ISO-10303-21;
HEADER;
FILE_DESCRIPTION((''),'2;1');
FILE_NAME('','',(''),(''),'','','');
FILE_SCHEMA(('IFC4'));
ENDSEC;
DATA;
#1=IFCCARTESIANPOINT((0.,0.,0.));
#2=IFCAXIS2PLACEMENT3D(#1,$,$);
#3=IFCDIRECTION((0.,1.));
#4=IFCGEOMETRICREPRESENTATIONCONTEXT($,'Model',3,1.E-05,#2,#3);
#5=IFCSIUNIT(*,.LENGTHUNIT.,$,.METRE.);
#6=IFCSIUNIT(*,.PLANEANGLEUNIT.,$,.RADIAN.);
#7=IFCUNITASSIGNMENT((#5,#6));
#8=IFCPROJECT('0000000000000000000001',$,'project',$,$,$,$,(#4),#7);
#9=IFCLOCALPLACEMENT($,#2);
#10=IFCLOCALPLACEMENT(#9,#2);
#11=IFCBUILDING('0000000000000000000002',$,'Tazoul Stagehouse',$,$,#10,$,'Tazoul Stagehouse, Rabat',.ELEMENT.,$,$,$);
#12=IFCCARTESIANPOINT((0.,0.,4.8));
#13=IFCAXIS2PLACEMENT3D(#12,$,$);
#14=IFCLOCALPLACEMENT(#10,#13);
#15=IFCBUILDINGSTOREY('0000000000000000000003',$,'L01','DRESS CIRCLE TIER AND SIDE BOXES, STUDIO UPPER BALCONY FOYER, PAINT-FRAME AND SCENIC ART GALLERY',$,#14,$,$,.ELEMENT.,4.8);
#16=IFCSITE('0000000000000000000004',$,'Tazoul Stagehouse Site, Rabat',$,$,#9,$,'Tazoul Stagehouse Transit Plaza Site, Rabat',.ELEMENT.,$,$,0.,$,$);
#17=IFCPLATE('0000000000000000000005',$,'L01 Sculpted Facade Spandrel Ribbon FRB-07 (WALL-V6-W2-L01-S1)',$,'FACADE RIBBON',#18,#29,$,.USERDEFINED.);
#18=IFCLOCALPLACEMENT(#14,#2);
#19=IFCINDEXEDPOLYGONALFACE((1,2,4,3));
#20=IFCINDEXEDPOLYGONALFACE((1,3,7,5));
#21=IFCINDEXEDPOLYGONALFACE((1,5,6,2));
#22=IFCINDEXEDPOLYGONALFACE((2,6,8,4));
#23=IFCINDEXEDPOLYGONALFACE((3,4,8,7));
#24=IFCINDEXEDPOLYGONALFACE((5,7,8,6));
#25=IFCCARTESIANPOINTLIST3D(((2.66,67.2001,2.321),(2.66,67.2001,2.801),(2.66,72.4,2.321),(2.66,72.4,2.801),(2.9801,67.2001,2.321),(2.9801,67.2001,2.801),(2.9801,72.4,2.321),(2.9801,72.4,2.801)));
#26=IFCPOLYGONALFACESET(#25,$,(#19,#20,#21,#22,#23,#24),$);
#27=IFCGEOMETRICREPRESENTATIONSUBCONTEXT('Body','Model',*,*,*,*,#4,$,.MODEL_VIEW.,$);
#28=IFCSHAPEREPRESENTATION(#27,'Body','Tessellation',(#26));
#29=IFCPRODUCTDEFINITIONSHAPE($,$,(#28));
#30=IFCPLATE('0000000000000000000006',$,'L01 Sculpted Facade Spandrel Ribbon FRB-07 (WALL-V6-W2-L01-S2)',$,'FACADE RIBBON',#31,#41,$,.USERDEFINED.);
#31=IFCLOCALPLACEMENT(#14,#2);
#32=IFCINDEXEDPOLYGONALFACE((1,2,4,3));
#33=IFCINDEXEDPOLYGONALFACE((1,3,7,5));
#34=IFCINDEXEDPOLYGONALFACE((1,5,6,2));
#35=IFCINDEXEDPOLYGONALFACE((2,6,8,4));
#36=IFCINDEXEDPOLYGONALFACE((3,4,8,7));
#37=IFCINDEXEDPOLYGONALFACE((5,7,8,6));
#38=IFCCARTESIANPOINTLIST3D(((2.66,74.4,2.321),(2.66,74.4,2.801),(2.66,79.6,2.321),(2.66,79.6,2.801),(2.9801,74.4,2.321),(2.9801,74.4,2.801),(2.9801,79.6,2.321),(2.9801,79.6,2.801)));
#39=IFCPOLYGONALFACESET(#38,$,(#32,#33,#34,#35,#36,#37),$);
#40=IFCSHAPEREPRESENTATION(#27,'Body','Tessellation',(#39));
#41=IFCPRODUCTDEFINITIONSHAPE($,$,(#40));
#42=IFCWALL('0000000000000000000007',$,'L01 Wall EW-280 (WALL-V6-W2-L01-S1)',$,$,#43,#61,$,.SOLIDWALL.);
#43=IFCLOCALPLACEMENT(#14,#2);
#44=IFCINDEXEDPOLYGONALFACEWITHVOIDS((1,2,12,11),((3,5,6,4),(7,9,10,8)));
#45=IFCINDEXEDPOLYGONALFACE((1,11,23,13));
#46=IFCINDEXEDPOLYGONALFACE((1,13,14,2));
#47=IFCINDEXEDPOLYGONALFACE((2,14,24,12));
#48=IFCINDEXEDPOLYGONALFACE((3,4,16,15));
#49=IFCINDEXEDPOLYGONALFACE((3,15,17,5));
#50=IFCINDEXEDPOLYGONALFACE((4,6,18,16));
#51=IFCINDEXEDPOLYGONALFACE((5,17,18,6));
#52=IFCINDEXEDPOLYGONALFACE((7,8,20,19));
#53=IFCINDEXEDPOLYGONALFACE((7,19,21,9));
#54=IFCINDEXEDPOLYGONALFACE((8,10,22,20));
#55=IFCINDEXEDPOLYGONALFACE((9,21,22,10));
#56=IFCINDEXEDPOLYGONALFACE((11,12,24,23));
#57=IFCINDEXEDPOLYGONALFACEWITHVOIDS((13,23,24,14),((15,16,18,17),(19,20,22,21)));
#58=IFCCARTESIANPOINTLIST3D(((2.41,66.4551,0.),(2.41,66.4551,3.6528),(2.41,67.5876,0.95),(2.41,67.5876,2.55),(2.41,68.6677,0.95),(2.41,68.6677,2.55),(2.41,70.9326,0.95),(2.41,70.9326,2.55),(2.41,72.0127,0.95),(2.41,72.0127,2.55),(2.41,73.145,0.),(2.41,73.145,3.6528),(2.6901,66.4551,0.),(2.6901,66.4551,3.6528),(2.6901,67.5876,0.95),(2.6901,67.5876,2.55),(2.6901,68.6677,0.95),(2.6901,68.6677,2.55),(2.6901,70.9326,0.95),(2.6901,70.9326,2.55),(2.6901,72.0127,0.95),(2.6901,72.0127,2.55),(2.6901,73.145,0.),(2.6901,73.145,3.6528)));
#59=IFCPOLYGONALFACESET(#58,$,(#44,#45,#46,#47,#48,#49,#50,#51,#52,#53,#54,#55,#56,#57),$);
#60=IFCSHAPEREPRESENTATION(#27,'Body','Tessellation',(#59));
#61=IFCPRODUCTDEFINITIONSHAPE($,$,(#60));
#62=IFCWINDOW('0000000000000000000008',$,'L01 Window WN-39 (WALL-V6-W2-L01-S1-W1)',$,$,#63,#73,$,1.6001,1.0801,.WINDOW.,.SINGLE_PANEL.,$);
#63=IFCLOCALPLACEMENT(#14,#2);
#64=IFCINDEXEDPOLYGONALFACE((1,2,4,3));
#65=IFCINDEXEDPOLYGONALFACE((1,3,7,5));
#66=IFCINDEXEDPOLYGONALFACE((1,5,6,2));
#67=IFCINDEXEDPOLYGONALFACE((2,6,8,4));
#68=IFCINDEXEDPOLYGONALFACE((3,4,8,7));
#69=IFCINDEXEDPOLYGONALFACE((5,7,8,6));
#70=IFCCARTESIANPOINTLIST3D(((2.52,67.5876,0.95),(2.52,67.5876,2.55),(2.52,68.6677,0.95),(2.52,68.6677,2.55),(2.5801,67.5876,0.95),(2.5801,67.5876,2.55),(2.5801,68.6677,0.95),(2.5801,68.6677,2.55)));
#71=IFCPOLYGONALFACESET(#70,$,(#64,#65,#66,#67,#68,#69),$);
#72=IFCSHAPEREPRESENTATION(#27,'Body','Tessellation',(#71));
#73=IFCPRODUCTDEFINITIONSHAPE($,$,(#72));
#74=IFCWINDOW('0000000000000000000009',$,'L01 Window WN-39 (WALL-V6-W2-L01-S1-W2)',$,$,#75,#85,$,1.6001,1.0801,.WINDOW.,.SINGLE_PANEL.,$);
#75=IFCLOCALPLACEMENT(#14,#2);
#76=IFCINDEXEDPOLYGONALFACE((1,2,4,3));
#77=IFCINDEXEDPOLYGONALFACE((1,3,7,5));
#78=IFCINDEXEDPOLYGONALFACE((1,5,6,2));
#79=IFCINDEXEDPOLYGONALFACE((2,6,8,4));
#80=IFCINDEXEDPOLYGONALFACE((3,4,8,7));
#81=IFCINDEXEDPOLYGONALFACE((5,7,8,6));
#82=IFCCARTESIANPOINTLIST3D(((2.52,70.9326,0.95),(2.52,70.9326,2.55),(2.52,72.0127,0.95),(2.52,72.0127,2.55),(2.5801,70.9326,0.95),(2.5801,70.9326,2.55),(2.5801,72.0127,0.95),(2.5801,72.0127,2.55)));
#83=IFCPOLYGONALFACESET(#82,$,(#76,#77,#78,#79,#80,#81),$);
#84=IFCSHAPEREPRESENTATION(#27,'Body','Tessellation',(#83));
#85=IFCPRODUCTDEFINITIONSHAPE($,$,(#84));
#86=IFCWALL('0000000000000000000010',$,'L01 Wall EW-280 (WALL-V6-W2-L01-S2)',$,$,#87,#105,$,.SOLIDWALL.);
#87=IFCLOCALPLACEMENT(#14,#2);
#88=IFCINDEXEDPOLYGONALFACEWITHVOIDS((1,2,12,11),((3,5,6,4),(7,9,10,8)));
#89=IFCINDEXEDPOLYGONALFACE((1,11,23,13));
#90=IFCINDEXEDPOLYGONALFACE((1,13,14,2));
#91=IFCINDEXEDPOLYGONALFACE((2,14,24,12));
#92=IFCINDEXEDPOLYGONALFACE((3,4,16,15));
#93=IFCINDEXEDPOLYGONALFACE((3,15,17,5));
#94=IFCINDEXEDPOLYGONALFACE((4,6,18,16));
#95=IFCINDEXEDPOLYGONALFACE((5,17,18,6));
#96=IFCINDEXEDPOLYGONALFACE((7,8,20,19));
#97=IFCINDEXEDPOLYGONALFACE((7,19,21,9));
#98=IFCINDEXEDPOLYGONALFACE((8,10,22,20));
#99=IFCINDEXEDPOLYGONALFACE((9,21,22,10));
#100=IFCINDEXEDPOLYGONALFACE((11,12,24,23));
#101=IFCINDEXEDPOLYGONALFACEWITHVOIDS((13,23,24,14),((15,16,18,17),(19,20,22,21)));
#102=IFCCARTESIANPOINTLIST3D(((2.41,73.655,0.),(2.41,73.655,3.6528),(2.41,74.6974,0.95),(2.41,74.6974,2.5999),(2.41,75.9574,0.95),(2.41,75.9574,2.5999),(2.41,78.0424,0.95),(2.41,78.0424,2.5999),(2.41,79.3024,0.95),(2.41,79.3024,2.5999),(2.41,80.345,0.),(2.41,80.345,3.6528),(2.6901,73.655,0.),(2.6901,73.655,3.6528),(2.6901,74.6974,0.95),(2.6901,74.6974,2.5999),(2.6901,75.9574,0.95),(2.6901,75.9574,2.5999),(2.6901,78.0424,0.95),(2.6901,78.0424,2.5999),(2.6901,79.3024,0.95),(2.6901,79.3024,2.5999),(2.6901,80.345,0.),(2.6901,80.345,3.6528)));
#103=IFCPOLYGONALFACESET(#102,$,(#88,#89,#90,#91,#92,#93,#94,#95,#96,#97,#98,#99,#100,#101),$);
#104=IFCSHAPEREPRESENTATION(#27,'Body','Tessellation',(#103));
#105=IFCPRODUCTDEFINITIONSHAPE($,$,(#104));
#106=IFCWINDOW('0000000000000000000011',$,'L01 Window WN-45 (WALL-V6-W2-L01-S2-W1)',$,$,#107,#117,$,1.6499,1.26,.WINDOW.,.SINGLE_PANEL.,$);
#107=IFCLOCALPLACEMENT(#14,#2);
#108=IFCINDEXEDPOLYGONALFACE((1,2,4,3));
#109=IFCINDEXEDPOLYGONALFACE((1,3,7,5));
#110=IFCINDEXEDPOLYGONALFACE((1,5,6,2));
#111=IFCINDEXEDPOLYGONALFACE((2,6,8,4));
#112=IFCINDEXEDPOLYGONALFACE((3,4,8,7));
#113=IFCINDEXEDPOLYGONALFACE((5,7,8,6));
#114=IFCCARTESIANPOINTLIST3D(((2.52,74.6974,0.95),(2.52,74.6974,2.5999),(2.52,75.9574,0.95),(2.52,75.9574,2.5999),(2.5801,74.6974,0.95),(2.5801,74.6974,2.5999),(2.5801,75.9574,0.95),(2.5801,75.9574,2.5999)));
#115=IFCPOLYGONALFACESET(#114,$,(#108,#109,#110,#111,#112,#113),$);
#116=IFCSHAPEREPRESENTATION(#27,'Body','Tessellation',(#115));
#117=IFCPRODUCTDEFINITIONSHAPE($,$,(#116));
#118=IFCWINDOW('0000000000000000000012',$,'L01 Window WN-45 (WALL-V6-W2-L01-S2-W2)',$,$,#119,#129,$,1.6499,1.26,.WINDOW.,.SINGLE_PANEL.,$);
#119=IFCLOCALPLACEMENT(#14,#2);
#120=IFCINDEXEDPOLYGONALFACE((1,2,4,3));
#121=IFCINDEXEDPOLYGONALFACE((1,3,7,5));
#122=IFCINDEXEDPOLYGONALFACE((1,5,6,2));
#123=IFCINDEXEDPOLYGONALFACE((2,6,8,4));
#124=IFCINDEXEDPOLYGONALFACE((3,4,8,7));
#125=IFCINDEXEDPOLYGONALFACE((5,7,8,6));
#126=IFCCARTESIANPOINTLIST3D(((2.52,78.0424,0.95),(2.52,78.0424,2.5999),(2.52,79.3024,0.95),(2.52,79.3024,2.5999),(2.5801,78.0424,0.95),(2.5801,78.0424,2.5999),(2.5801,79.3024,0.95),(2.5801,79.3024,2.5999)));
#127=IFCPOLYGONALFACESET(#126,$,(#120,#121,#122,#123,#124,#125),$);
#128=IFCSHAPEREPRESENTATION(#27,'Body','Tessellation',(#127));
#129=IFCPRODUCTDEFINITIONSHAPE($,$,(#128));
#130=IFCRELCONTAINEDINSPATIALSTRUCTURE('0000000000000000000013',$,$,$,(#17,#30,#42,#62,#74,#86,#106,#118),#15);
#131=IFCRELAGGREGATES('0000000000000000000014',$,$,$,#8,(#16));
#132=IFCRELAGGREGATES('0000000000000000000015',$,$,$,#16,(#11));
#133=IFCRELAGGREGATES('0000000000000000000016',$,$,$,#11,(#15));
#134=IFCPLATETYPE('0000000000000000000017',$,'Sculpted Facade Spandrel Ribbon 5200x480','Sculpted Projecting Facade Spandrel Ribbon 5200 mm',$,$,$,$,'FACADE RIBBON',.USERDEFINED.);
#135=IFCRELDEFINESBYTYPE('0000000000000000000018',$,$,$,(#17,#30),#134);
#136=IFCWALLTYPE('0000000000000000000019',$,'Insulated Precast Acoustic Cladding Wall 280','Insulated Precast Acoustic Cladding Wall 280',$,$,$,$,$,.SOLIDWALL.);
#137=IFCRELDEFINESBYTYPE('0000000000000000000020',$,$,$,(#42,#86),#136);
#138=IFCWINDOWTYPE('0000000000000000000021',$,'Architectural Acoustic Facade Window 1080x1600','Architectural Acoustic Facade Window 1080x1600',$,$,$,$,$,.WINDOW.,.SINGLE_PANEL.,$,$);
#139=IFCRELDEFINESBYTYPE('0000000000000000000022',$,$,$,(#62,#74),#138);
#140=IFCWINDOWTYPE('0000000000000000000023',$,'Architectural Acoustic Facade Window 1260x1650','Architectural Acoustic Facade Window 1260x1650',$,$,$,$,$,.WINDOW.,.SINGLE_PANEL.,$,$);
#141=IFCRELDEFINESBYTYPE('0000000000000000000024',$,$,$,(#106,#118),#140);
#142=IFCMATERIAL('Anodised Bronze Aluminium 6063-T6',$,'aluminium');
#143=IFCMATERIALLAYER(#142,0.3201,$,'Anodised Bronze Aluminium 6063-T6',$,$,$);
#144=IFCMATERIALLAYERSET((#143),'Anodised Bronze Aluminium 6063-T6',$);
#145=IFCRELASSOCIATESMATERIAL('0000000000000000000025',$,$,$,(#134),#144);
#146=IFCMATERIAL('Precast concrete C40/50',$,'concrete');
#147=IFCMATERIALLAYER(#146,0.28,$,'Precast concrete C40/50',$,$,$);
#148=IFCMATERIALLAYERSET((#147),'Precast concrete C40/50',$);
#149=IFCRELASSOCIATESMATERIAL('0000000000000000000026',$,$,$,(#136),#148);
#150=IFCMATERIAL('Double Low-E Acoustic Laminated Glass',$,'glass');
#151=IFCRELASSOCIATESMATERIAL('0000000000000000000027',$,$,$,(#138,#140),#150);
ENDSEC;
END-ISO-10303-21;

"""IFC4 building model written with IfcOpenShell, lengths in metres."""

from ifc_helpers import new_model, si_unit, direction, frame, frame_2d, origin, origin_2d, place, context, subcontext, project, spatial, rectangle, extrude, material, layer, layer_set, type_object, element, fill, save


model = new_model("IFC4")

# Units and contexts
model_context = context("Model", 3, precision=1e-05, world=origin(), true_north=direction((0.0, 1.0)))
body_context = subcontext(model_context, "Body", "Model", "MODEL_VIEW")
ifc_project = project(units=[si_unit("LENGTHUNIT", "METRE"), si_unit("PLANEANGLEUNIT", "RADIAN")], contexts=[model_context])

# Site, building, storey
site_placement = place(None, origin())
site = spatial("IfcSite", under=ifc_project, at=site_placement, Name="Tazoul Stagehouse Site, Rabat", LongName="Tazoul Stagehouse Transit Plaza Site, Rabat", CompositionType="ELEMENT", RefElevation=0.0)
building_placement = place(site_placement, origin())
building = spatial("IfcBuilding", under=site, at=building_placement, Name="Tazoul Stagehouse", LongName="Tazoul Stagehouse, Rabat", CompositionType="ELEMENT")
storey_placement = place(building_placement, frame((0.0, 0.0, 4.8)))
storey = spatial("IfcBuildingStorey", under=building, at=storey_placement, Name="L01", Description="DRESS CIRCLE TIER AND SIDE BOXES, STUDIO UPPER BALCONY FOYER, PAINT-FRAME AND SCENIC ART GALLERY", CompositionType="ELEMENT", Elevation=4.8)

# Plates
ifc_material_1 = material(Name="Anodised Bronze Aluminium 6063-T6", Category="aluminium")
ifc_layer_1 = layer(ifc_material_1, 0.3201, Name="Anodised Bronze Aluminium 6063-T6")
ifc_layer_set_1 = layer_set([ifc_layer_1], Name="Anodised Bronze Aluminium 6063-T6")
plate_type_1 = type_object("IfcPlateType", Name="Sculpted Facade Spandrel Ribbon 5200x480", Description="Sculpted Projecting Facade Spandrel Ribbon 5200 mm", ElementType="FACADE RIBBON", PredefinedType="USERDEFINED", material=ifc_layer_set_1)
for number, where, z_axis, x_axis, name in (
    (1, (2.8201, 69.8, 2.321), (0.0, 0.0, 1.0), (0.0, 1.0, 0.0), "L01 Sculpted Facade Spandrel Ribbon FRB-07 (WALL-V6-W2-L01-S1)"),
    (2, (2.8201, 77.0, 2.321), (0.0, 0.0, 1.0), (0.0, 1.0, 0.0), "L01 Sculpted Facade Spandrel Ribbon FRB-07 (WALL-V6-W2-L01-S2)"),
):
    element("IfcPlate", number, at=place(storey_placement, frame(where, z_axis=z_axis, x_axis=x_axis)), inside=storey, type_object=plate_type_1, Name=name, ObjectType="FACADE RIBBON", PredefinedType="USERDEFINED", context=body_context, shape_type="SweptSolid", body=[
        extrude(rectangle(XDim=5.2, YDim=0.3201, at=origin_2d()), origin(), (0.0, 0.0, 1.0), 0.48),
    ])

# Walls, openings, windows
ifc_material_2 = material(Name="Precast concrete C40/50", Category="concrete")
ifc_layer_2 = layer(ifc_material_2, 0.28, Name="Precast concrete C40/50")
ifc_layer_set_2 = layer_set([ifc_layer_2], Name="Precast concrete C40/50")
wall_type = type_object("IfcWallType", Name="Insulated Precast Acoustic Cladding Wall 280", Description="Insulated Precast Acoustic Cladding Wall 280", PredefinedType="SOLIDWALL", material=ifc_layer_set_2)
wall_1_placement = place(storey_placement, frame((2.55, 66.4551, 0.0), z_axis=(0.0, 0.0, 1.0), x_axis=(0.0, 1.0, 0.0)))
wall_1 = element("IfcWall", 3, at=wall_1_placement, inside=storey, type_object=wall_type, Name="L01 Wall EW-280 (WALL-V6-W2-L01-S1)", PredefinedType="SOLIDWALL", context=body_context, shape_type="SweptSolid", body=[
    extrude(rectangle(XDim=6.6899, YDim=0.28, at=frame_2d((3.345, 0.0))), origin(), (0.0, 0.0, 1.0), 3.6528),
])
opening_1_placement = place(wall_1_placement, frame((1.1326, 0.0, 0.95)))
opening_1 = element("IfcOpeningElement", 4, at=opening_1_placement, cuts=wall_1, PredefinedType="OPENING", context=body_context, shape_type="SweptSolid", body=[
    extrude(rectangle(XDim=1.0801, YDim=1.6001, at=frame_2d((0.54, 0.8))), frame((0.0, 0.1599, 0.0), z_axis=(0.0, -1.0, 0.0), x_axis=(1.0, 0.0, 0.0)), (0.0, 0.0, 1.0), 0.3201),
])
opening_2_placement = place(wall_1_placement, frame((4.4775, 0.0, 0.95)))
opening_2 = element("IfcOpeningElement", 5, at=opening_2_placement, cuts=wall_1, PredefinedType="OPENING", context=body_context, shape_type="SweptSolid", body=[
    extrude(rectangle(XDim=1.0801, YDim=1.6001, at=frame_2d((0.54, 0.8))), frame((0.0, 0.1599, 0.0), z_axis=(0.0, -1.0, 0.0), x_axis=(1.0, 0.0, 0.0)), (0.0, 0.0, 1.0), 0.3201),
])
ifc_material_3 = material(Name="Double Low-E Acoustic Laminated Glass", Category="glass")
window_type_1 = type_object("IfcWindowType", Name="Architectural Acoustic Facade Window 1080x1600", Description="Architectural Acoustic Facade Window 1080x1600", PartitioningType="SINGLE_PANEL", PredefinedType="WINDOW", material=ifc_material_3)
window_1_placement = place(opening_1_placement, origin())
window_1 = element("IfcWindow", 6, at=window_1_placement, inside=storey, type_object=window_type_1, Name="L01 Window WN-39 (WALL-V6-W2-L01-S1-W1)", OverallHeight=1.6001, OverallWidth=1.0801, PartitioningType="SINGLE_PANEL", PredefinedType="WINDOW", context=body_context, shape_type="SweptSolid", body=[
    extrude(rectangle(XDim=1.0801, YDim=1.6001, at=frame_2d((0.54, 0.8))), frame((0.0, 0.03, 0.0), z_axis=(0.0, -1.0, 0.0), x_axis=(1.0, 0.0, 0.0)), (0.0, 0.0, 1.0), 0.0601),
])
fill(opening_1, window_1)
window_2_placement = place(opening_2_placement, origin())
window_2 = element("IfcWindow", 7, at=window_2_placement, inside=storey, type_object=window_type_1, Name="L01 Window WN-39 (WALL-V6-W2-L01-S1-W2)", OverallHeight=1.6001, OverallWidth=1.0801, PartitioningType="SINGLE_PANEL", PredefinedType="WINDOW", context=body_context, shape_type="SweptSolid", body=[
    extrude(rectangle(XDim=1.0801, YDim=1.6001, at=frame_2d((0.54, 0.8))), frame((0.0, 0.03, 0.0), z_axis=(0.0, -1.0, 0.0), x_axis=(1.0, 0.0, 0.0)), (0.0, 0.0, 1.0), 0.0601),
])
fill(opening_2, window_2)
wall_2_placement = place(storey_placement, frame((2.55, 73.655, 0.0), z_axis=(0.0, 0.0, 1.0), x_axis=(0.0, 1.0, 0.0)))
wall_2 = element("IfcWall", 8, at=wall_2_placement, inside=storey, type_object=wall_type, Name="L01 Wall EW-280 (WALL-V6-W2-L01-S2)", PredefinedType="SOLIDWALL", context=body_context, shape_type="SweptSolid", body=[
    extrude(rectangle(XDim=6.6899, YDim=0.28, at=frame_2d((3.345, 0.0))), origin(), (0.0, 0.0, 1.0), 3.6528),
])
opening_3_placement = place(wall_2_placement, frame((1.0425, 0.0, 0.95)))
opening_3 = element("IfcOpeningElement", 9, at=opening_3_placement, cuts=wall_2, PredefinedType="OPENING", context=body_context, shape_type="SweptSolid", body=[
    extrude(rectangle(XDim=1.26, YDim=1.6499, at=frame_2d((0.6299, 0.825))), frame((0.0, 0.1599, 0.0), z_axis=(0.0, -1.0, 0.0), x_axis=(1.0, 0.0, 0.0)), (0.0, 0.0, 1.0), 0.3201),
])
opening_4_placement = place(wall_2_placement, frame((4.3875, 0.0, 0.95)))
opening_4 = element("IfcOpeningElement", 10, at=opening_4_placement, cuts=wall_2, PredefinedType="OPENING", context=body_context, shape_type="SweptSolid", body=[
    extrude(rectangle(XDim=1.26, YDim=1.6499, at=frame_2d((0.6299, 0.825))), frame((0.0, 0.1599, 0.0), z_axis=(0.0, -1.0, 0.0), x_axis=(1.0, 0.0, 0.0)), (0.0, 0.0, 1.0), 0.3201),
])
window_type_2 = type_object("IfcWindowType", Name="Architectural Acoustic Facade Window 1260x1650", Description="Architectural Acoustic Facade Window 1260x1650", PartitioningType="SINGLE_PANEL", PredefinedType="WINDOW", material=ifc_material_3)
window_3_placement = place(opening_3_placement, origin())
window_3 = element("IfcWindow", 11, at=window_3_placement, inside=storey, type_object=window_type_2, Name="L01 Window WN-45 (WALL-V6-W2-L01-S2-W1)", OverallHeight=1.6499, OverallWidth=1.26, PartitioningType="SINGLE_PANEL", PredefinedType="WINDOW", context=body_context, shape_type="SweptSolid", body=[
    extrude(rectangle(XDim=1.26, YDim=1.6499, at=frame_2d((0.6299, 0.825))), frame((0.0, 0.03, 0.0), z_axis=(0.0, -1.0, 0.0), x_axis=(1.0, 0.0, 0.0)), (0.0, 0.0, 1.0), 0.0601),
])
fill(opening_3, window_3)
window_4_placement = place(opening_4_placement, origin())
window_4 = element("IfcWindow", 12, at=window_4_placement, inside=storey, type_object=window_type_2, Name="L01 Window WN-45 (WALL-V6-W2-L01-S2-W2)", OverallHeight=1.6499, OverallWidth=1.26, PartitioningType="SINGLE_PANEL", PredefinedType="WINDOW", context=body_context, shape_type="SweptSolid", body=[
    extrude(rectangle(XDim=1.26, YDim=1.6499, at=frame_2d((0.6299, 0.825))), frame((0.0, 0.03, 0.0), z_axis=(0.0, -1.0, 0.0), x_axis=(1.0, 0.0, 0.0)), (0.0, 0.0, 1.0), 0.0601),
])
fill(opening_4, window_4)

save(model, "model.ifc")
